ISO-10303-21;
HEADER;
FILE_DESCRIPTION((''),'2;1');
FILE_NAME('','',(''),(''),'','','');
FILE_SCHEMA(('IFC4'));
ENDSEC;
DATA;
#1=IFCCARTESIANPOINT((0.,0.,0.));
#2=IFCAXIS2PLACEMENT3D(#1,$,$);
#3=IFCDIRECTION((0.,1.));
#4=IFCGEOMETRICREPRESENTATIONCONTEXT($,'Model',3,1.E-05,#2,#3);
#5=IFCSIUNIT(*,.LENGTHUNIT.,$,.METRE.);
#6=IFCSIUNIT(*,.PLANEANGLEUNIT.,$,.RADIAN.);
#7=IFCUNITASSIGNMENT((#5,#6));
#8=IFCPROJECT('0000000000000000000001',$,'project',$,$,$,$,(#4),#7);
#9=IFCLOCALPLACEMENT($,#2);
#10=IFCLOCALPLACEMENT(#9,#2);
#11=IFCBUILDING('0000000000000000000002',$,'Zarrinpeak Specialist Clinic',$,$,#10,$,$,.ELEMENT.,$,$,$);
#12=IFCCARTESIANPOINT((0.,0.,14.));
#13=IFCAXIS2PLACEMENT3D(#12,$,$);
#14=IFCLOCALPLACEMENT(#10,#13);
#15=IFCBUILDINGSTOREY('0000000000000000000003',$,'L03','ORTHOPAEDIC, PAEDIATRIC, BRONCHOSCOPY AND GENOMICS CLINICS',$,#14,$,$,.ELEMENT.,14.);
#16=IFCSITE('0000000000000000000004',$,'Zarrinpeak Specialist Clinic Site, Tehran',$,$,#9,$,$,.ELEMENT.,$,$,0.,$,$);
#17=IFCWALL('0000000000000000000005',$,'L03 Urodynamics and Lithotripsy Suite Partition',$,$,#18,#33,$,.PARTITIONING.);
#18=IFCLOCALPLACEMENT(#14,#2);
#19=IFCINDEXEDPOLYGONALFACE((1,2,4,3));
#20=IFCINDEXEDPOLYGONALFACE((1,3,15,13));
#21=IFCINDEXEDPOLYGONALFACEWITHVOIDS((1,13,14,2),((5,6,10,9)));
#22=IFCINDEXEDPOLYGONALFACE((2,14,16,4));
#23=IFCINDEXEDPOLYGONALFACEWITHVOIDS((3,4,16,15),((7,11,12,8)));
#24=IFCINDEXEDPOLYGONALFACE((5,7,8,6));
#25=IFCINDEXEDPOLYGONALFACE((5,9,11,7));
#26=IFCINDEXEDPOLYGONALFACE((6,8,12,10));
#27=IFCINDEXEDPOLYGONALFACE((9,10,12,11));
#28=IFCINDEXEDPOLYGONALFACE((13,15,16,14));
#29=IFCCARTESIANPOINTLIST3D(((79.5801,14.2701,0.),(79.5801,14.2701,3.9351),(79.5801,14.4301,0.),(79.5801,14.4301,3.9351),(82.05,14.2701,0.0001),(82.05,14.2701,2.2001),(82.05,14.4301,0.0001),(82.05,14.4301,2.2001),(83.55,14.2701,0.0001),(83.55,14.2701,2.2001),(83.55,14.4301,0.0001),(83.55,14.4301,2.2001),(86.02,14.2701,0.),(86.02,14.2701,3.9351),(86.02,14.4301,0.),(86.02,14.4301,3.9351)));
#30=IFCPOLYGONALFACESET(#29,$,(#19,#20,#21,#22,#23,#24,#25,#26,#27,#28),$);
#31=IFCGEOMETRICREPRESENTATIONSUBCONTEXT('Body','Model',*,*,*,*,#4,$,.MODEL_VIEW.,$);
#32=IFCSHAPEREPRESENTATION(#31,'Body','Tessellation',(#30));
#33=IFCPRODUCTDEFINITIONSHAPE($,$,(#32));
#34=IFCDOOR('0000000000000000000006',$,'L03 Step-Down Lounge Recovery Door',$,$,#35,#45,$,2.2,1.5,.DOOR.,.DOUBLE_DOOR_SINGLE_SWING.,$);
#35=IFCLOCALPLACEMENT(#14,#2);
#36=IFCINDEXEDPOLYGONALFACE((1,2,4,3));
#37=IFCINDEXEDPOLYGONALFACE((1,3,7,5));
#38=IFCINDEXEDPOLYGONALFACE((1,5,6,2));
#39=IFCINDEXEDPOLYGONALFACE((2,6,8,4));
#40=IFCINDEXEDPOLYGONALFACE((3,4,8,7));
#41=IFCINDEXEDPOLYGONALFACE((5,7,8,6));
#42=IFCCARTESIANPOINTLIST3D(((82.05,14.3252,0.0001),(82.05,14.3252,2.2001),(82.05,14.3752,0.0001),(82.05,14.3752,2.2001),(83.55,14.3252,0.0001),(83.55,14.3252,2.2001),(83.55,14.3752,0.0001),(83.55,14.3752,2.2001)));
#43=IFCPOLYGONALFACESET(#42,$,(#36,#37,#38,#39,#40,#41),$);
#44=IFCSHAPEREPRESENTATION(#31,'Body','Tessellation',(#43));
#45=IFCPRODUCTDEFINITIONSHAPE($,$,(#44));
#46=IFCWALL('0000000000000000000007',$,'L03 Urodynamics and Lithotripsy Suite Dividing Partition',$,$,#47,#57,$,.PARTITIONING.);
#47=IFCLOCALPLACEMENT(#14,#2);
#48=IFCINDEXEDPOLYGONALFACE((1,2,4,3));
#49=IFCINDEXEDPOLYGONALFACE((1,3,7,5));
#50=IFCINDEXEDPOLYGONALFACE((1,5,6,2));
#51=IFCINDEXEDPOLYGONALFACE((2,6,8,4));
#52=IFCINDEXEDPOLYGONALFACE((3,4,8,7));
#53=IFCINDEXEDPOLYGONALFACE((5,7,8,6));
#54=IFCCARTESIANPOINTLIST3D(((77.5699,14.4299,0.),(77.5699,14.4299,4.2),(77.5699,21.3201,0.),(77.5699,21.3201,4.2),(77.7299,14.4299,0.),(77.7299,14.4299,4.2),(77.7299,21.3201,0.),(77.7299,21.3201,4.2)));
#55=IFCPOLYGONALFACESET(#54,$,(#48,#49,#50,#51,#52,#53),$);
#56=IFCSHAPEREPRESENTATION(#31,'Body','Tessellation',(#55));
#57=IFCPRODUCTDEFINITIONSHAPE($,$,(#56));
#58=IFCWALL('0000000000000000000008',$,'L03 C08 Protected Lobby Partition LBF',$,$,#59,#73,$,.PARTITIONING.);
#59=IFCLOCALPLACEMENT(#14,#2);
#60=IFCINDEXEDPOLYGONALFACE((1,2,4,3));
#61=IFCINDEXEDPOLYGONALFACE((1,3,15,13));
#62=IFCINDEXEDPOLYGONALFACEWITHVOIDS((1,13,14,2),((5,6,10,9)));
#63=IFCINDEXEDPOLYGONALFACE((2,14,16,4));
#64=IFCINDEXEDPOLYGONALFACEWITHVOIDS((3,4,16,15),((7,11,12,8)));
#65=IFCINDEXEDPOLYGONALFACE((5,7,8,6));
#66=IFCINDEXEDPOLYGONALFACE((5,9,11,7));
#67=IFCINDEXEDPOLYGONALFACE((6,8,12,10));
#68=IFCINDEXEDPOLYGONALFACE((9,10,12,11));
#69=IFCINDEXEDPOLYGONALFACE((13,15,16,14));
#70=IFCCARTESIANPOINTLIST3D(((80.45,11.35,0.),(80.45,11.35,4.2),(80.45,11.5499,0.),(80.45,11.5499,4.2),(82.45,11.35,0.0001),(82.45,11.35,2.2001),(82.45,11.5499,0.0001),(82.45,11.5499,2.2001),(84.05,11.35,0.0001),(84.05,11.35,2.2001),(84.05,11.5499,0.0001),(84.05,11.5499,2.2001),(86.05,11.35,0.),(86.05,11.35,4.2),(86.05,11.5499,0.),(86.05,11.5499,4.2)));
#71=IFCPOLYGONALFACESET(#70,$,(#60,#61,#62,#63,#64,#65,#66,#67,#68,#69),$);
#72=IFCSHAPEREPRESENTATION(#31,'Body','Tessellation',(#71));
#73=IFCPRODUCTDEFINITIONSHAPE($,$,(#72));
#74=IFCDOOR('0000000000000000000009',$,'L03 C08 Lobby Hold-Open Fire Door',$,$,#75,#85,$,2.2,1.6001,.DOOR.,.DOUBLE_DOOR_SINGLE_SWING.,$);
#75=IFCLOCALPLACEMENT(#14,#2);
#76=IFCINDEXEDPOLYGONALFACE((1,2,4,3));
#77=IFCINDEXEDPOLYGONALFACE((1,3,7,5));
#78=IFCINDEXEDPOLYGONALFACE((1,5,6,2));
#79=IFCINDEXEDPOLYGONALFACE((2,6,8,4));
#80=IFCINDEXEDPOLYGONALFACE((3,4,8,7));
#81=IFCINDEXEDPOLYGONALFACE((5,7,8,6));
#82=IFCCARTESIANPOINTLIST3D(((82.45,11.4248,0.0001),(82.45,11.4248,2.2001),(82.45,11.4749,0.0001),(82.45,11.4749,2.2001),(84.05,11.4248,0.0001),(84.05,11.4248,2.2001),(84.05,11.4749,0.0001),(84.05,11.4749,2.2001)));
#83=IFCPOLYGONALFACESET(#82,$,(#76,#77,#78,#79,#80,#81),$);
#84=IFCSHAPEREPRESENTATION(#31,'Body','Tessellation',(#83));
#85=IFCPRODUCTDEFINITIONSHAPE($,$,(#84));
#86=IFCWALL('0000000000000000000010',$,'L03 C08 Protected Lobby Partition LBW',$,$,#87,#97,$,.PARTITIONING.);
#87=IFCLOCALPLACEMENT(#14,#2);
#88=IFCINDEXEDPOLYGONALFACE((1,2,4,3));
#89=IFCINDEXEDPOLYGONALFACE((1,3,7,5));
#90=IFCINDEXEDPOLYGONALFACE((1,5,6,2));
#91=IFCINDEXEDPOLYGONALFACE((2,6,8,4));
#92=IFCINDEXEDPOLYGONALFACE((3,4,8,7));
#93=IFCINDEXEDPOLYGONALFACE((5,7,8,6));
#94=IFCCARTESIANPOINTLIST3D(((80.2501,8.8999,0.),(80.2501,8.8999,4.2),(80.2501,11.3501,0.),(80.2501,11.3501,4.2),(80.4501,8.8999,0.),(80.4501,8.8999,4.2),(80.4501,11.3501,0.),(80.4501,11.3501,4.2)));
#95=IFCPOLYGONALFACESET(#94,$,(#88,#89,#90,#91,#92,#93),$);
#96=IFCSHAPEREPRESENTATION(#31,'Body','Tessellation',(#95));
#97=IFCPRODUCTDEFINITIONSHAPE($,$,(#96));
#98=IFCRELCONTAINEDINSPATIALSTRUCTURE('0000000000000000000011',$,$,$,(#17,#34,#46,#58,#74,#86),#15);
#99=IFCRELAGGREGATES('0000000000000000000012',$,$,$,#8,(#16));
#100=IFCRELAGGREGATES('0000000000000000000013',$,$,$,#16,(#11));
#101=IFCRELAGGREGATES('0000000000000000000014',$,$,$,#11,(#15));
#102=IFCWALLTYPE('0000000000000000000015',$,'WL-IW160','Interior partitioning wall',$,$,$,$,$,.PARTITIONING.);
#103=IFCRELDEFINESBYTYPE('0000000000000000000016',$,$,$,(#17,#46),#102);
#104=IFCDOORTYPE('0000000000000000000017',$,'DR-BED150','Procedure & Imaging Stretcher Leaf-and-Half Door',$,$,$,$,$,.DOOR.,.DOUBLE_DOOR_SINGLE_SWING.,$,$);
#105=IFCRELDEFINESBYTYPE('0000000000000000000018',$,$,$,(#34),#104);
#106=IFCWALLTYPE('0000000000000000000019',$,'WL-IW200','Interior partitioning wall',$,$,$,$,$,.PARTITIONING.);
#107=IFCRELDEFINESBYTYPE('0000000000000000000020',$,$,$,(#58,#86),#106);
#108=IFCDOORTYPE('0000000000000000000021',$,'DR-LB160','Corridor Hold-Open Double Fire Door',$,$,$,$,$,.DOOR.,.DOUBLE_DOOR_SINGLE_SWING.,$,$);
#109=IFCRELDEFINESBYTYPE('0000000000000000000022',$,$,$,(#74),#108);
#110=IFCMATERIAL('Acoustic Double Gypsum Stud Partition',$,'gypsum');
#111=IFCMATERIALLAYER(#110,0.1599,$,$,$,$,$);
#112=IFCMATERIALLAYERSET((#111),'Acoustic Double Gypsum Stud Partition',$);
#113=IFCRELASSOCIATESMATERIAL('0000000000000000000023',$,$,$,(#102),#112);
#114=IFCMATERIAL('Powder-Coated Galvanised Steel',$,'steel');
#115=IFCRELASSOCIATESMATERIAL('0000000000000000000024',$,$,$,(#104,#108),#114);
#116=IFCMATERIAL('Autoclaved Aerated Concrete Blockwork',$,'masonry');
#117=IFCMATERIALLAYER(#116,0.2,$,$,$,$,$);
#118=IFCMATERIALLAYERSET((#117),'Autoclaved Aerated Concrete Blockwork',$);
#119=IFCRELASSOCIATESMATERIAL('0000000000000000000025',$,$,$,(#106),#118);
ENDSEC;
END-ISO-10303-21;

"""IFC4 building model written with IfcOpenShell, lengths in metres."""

from ifc_helpers import new_model, si_unit, direction, frame, frame_2d, origin, place, context, subcontext, project, spatial, rectangle, extrude, material, layer, layer_set, type_object, element, fill, save


model = new_model("IFC4")

# Units and contexts
model_context = context("Model", 3, precision=1e-05, world=origin(), true_north=direction((0.0, 1.0)))
body_context = subcontext(model_context, "Body", "Model", "MODEL_VIEW")
ifc_project = project(units=[si_unit("LENGTHUNIT", "METRE"), si_unit("PLANEANGLEUNIT", "RADIAN")], contexts=[model_context])

# Site, building, storey
site_placement = place(None, origin())
site = spatial("IfcSite", under=ifc_project, at=site_placement, Name="Zarrinpeak Specialist Clinic Site, Tehran", CompositionType="ELEMENT", RefElevation=0.0)
building_placement = place(site_placement, origin())
building = spatial("IfcBuilding", under=site, at=building_placement, Name="Zarrinpeak Specialist Clinic", CompositionType="ELEMENT")
storey_placement = place(building_placement, frame((0.0, 0.0, 14.0)))
storey = spatial("IfcBuildingStorey", under=building, at=storey_placement, Name="L03", Description="ORTHOPAEDIC, PAEDIATRIC, BRONCHOSCOPY AND GENOMICS CLINICS", CompositionType="ELEMENT", Elevation=14.0)

# Shared definitions
ifc_material_1 = material(Name="Powder-Coated Galvanised Steel", Category="steel")

# Wall, opening, door
ifc_material_2 = material(Name="Acoustic Double Gypsum Stud Partition", Category="gypsum")
ifc_layer_1 = layer(ifc_material_2, 0.1599)
ifc_layer_set_1 = layer_set([ifc_layer_1], Name="Acoustic Double Gypsum Stud Partition")
wall_type_1 = type_object("IfcWallType", Name="WL-IW160", Description="Interior partitioning wall", PredefinedType="PARTITIONING", material=ifc_layer_set_1)
door_type_1 = type_object("IfcDoorType", Name="DR-BED150", Description="Procedure & Imaging Stretcher Leaf-and-Half Door", OperationType="DOUBLE_DOOR_SINGLE_SWING", PredefinedType="DOOR", material=ifc_material_1)
wall_1_placement = place(storey_placement, frame((79.5801, 14.3501, 0.0), z_axis=(0.0, 0.0, 1.0), x_axis=(1.0, 0.0, 0.0)))
wall_1 = element("IfcWall", 1, at=wall_1_placement, inside=storey, type_object=wall_type_1, Name="L03 Urodynamics and Lithotripsy Suite Partition", PredefinedType="PARTITIONING", context=body_context, shape_type="SweptSolid", body=[
    extrude(rectangle(XDim=6.4399, YDim=0.1599, at=frame_2d((3.22, 0.0))), origin(), (0.0, 0.0, 1.0), 3.9351),
])
opening_1_placement = place(wall_1_placement, frame((2.47, 0.0, 0.0)))
opening_1 = element("IfcOpeningElement", 2, at=opening_1_placement, cuts=wall_1, PredefinedType="OPENING", context=body_context, shape_type="SweptSolid", body=[
    extrude(rectangle(XDim=1.5, YDim=2.2, at=frame_2d((0.75, 1.1001))), frame((0.0, 0.0898, 0.0), z_axis=(0.0, -1.0, 0.0), x_axis=(1.0, 0.0, 0.0)), (0.0, 0.0, 1.0), 0.1799),
])
door_1_placement = place(opening_1_placement, frame((1.5, 0.0, 0.0), z_axis=(0.0, 0.0, 1.0), x_axis=(-1.0, 0.0, 0.0)))
door_1 = element("IfcDoor", 3, at=door_1_placement, inside=storey, type_object=door_type_1, Name="L03 Step-Down Lounge Recovery Door", OperationType="DOUBLE_DOOR_SINGLE_SWING", OverallHeight=2.2, OverallWidth=1.5, PredefinedType="DOOR", context=body_context, shape_type="SweptSolid", body=[
    extrude(rectangle(XDim=1.5, YDim=2.2, at=frame_2d((0.75, 1.1001))), frame((0.0, 0.0249, 0.0), z_axis=(0.0, -1.0, 0.0), x_axis=(1.0, 0.0, 0.0)), (0.0, 0.0, 1.0), 0.05),
])
fill(opening_1, door_1)

# Wall
wall_2_placement = place(storey_placement, frame((77.6499, 14.4299, 0.0), z_axis=(0.0, 0.0, 1.0), x_axis=(0.0, 1.0, 0.0)))
element("IfcWall", 4, at=wall_2_placement, inside=storey, type_object=wall_type_1, Name="L03 Urodynamics and Lithotripsy Suite Dividing Partition", PredefinedType="PARTITIONING", context=body_context, shape_type="SweptSolid", body=[
    extrude(rectangle(XDim=6.8901, YDim=0.1599, at=frame_2d((3.4451, 0.0))), origin(), (0.0, 0.0, 1.0), 4.2),
])

# Wall, opening, door
ifc_material_3 = material(Name="Autoclaved Aerated Concrete Blockwork", Category="masonry")
ifc_layer_2 = layer(ifc_material_3, 0.2)
ifc_layer_set_2 = layer_set([ifc_layer_2], Name="Autoclaved Aerated Concrete Blockwork")
wall_type_2 = type_object("IfcWallType", Name="WL-IW200", Description="Interior partitioning wall", PredefinedType="PARTITIONING", material=ifc_layer_set_2)
wall_3_placement = place(storey_placement, frame((80.45, 11.45, 0.0), z_axis=(0.0, 0.0, 1.0), x_axis=(1.0, 0.0, 0.0)))
wall_3 = element("IfcWall", 5, at=wall_3_placement, inside=storey, type_object=wall_type_2, Name="L03 C08 Protected Lobby Partition LBF", PredefinedType="PARTITIONING", context=body_context, shape_type="SweptSolid", body=[
    extrude(rectangle(XDim=5.6001, YDim=0.2, at=frame_2d((2.8, 0.0))), origin(), (0.0, 0.0, 1.0), 4.2),
])
opening_2_placement = place(wall_3_placement, frame((2.0, 0.0, 0.0)))
opening_2 = element("IfcOpeningElement", 6, at=opening_2_placement, cuts=wall_3, PredefinedType="OPENING", context=body_context, shape_type="SweptSolid", body=[
    extrude(rectangle(XDim=1.6001, YDim=2.2, at=frame_2d((0.8, 1.1001))), frame((0.0, 0.1099, 0.0), z_axis=(0.0, -1.0, 0.0), x_axis=(1.0, 0.0, 0.0)), (0.0, 0.0, 1.0), 0.22),
])
door_type_2 = type_object("IfcDoorType", Name="DR-LB160", Description="Corridor Hold-Open Double Fire Door", OperationType="DOUBLE_DOOR_SINGLE_SWING", PredefinedType="DOOR", material=ifc_material_1)
door_2_placement = place(opening_2_placement, origin())
door_2 = element("IfcDoor", 7, at=door_2_placement, inside=storey, type_object=door_type_2, Name="L03 C08 Lobby Hold-Open Fire Door", OperationType="DOUBLE_DOOR_SINGLE_SWING", OverallHeight=2.2, OverallWidth=1.6001, PredefinedType="DOOR", context=body_context, shape_type="SweptSolid", body=[
    extrude(rectangle(XDim=1.6001, YDim=2.2, at=frame_2d((0.8, 1.1001))), frame((0.0, 0.0249, 0.0), z_axis=(0.0, -1.0, 0.0), x_axis=(1.0, 0.0, 0.0)), (0.0, 0.0, 1.0), 0.05),
])
fill(opening_2, door_2)

# Wall
wall_4_placement = place(storey_placement, frame((80.3501, 8.8999, 0.0), z_axis=(0.0, 0.0, 1.0), x_axis=(0.0, 1.0, 0.0)))
element("IfcWall", 8, at=wall_4_placement, inside=storey, type_object=wall_type_2, Name="L03 C08 Protected Lobby Partition LBW", PredefinedType="PARTITIONING", context=body_context, shape_type="SweptSolid", body=[
    extrude(rectangle(XDim=2.4502, YDim=0.2, at=frame_2d((1.2251, 0.0))), origin(), (0.0, 0.0, 1.0), 4.2),
])

save(model, "model.ifc")
